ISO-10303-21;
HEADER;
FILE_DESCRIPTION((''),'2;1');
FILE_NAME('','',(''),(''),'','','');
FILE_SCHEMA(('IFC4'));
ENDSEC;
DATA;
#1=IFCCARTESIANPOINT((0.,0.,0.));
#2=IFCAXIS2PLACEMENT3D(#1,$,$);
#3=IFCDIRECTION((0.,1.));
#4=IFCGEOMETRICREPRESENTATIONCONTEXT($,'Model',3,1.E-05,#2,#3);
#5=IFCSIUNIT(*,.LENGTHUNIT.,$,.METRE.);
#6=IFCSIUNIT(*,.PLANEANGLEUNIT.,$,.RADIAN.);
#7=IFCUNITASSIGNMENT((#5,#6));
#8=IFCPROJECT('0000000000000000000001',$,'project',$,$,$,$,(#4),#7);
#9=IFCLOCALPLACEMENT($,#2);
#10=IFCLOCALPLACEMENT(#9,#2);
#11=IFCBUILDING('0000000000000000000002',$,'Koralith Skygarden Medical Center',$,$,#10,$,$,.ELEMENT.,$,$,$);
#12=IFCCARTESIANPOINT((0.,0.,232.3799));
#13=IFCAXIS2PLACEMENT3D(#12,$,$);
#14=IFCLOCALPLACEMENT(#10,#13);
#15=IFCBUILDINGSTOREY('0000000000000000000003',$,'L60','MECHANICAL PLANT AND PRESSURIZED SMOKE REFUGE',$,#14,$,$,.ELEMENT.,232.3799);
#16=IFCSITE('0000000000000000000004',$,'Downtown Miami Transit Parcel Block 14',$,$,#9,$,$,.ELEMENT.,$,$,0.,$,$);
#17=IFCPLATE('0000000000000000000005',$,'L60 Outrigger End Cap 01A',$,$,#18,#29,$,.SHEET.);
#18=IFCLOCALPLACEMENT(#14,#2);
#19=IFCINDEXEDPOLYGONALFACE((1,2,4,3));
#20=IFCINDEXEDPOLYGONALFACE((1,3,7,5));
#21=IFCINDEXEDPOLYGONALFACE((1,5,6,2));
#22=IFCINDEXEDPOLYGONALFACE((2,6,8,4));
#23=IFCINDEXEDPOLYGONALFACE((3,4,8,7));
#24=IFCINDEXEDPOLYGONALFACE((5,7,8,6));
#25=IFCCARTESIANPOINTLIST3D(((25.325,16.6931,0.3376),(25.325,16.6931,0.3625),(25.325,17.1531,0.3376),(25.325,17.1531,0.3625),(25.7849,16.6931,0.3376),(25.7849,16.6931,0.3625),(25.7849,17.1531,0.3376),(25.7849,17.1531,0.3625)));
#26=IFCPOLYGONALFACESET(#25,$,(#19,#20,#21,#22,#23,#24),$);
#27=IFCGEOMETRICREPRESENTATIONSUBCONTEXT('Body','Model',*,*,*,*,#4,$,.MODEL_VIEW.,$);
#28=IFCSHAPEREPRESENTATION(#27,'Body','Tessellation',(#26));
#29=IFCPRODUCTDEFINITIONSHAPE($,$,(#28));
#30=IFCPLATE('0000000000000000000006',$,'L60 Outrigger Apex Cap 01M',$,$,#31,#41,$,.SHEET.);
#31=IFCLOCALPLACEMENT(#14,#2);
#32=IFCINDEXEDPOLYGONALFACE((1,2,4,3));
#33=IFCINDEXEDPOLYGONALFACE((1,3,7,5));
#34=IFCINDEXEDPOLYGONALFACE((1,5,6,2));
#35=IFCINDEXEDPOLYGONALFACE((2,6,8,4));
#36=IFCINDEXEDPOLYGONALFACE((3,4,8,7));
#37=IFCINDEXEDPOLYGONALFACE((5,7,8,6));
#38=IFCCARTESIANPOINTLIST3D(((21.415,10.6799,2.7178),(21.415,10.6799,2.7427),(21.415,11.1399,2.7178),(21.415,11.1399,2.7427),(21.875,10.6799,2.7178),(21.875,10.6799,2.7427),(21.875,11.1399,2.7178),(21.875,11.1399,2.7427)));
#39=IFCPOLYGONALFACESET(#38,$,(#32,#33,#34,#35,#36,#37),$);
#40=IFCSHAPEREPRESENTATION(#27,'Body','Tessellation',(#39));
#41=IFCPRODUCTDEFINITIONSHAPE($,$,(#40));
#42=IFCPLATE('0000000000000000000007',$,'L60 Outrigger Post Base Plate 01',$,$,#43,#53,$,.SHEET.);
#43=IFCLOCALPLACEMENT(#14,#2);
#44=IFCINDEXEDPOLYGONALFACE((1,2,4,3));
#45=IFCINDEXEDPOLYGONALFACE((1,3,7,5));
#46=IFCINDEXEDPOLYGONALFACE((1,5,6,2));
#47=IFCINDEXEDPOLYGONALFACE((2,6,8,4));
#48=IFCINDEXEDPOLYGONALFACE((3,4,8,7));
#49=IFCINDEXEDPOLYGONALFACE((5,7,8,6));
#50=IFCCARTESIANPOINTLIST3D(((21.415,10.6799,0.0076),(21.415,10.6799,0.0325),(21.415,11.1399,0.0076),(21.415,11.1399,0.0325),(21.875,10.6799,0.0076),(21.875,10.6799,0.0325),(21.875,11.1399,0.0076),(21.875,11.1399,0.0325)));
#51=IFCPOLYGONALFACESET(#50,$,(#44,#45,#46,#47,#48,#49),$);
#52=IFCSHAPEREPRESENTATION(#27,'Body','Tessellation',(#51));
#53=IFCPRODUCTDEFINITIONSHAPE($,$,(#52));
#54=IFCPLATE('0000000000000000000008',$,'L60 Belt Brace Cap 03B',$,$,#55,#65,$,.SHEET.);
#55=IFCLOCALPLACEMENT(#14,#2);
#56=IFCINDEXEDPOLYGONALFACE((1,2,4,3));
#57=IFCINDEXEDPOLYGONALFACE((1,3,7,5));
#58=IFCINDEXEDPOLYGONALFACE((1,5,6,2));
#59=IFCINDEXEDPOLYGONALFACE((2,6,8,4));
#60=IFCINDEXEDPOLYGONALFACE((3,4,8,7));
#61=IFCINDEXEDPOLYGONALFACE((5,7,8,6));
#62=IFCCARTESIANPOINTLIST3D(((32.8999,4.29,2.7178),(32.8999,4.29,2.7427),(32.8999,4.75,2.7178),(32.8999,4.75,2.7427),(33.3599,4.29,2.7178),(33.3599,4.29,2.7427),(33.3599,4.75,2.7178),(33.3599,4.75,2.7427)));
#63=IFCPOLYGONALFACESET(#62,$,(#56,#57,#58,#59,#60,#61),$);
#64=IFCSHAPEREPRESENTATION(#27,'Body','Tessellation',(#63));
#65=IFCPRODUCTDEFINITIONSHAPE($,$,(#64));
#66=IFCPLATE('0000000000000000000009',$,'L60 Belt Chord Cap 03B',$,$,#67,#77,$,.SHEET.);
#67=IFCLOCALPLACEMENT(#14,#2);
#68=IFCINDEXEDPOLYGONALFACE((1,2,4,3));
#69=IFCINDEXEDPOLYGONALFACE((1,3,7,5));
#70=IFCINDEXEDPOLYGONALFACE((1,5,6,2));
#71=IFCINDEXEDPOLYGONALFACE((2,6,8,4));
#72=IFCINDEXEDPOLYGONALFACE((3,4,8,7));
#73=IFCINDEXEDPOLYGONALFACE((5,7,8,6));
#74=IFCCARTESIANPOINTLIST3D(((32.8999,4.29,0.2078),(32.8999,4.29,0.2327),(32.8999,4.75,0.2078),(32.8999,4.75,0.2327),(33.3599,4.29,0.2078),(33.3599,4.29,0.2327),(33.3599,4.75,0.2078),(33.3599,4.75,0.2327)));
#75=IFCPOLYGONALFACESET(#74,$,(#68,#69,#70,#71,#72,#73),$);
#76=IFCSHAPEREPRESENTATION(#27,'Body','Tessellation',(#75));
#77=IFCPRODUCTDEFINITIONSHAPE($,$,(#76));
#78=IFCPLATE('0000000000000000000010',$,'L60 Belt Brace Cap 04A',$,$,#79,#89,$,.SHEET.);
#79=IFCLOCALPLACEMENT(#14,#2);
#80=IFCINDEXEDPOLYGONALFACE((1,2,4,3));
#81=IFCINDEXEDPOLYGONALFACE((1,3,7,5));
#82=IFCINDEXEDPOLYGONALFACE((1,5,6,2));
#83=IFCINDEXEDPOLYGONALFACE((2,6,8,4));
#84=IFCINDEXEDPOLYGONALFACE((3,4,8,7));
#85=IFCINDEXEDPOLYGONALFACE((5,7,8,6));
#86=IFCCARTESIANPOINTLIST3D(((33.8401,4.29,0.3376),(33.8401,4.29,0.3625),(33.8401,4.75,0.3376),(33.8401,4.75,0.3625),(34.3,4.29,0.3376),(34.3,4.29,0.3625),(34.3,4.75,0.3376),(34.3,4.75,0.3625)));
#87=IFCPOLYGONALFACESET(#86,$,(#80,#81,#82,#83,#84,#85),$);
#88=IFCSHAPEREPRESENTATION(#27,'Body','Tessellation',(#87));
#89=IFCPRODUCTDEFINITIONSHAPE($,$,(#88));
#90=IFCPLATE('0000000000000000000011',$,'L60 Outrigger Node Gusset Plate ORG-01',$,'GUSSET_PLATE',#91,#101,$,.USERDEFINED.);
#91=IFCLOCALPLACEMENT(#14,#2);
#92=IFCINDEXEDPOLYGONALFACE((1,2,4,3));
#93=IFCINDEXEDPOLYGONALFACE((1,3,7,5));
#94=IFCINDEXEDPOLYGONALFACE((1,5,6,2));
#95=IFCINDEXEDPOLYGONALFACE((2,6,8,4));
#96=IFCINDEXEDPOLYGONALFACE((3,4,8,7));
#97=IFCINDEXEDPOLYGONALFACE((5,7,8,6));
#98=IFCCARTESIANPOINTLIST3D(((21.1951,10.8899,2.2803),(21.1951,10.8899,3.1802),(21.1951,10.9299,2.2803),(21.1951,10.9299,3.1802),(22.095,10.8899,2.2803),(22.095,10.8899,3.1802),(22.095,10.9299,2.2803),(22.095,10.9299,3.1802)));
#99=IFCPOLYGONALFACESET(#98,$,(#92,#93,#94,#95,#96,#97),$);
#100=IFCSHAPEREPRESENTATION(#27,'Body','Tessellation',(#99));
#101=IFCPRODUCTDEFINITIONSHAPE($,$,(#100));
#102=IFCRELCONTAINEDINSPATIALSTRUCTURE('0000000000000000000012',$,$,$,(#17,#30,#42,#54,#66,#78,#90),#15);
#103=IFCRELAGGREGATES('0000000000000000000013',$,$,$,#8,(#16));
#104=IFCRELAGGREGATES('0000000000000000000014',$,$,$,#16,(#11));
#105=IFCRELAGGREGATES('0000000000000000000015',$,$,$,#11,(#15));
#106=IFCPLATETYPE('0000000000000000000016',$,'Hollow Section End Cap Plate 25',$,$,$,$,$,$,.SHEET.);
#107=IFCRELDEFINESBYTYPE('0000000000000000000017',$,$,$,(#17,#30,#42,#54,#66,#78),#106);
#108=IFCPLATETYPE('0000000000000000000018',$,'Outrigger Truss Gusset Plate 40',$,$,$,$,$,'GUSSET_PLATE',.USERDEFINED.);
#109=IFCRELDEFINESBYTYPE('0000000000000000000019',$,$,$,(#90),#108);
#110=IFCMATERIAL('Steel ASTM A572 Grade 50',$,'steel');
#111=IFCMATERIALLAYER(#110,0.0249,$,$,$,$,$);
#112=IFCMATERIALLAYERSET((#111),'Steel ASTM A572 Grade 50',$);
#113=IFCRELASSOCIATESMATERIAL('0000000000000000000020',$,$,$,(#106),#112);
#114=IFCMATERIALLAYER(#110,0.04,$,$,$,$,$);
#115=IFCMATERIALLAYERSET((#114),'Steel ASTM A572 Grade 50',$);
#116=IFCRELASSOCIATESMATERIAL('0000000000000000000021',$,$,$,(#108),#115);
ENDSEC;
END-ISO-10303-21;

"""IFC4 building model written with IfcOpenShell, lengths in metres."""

from ifc_helpers import new_model, si_unit, direction, frame, origin, origin_2d, place, context, subcontext, project, spatial, rectangle, extrude, material, layer, layer_set, type_object, element, save


model = new_model("IFC4")

# Units and contexts
model_context = context("Model", 3, precision=1e-05, world=origin(), true_north=direction((0.0, 1.0)))
body_context = subcontext(model_context, "Body", "Model", "MODEL_VIEW")
ifc_project = project(units=[si_unit("LENGTHUNIT", "METRE"), si_unit("PLANEANGLEUNIT", "RADIAN")], contexts=[model_context])

# Site, building, storey
site_placement = place(None, origin())
site = spatial("IfcSite", under=ifc_project, at=site_placement, Name="Downtown Miami Transit Parcel Block 14", CompositionType="ELEMENT", RefElevation=0.0)
building_placement = place(site_placement, origin())
building = spatial("IfcBuilding", under=site, at=building_placement, Name="Koralith Skygarden Medical Center", CompositionType="ELEMENT")
storey_placement = place(building_placement, frame((0.0, 0.0, 232.3799)))
storey = spatial("IfcBuildingStorey", under=building, at=storey_placement, Name="L60", Description="MECHANICAL PLANT AND PRESSURIZED SMOKE REFUGE", CompositionType="ELEMENT", Elevation=232.3799)

# Plates
ifc_material_1 = material(Name="Steel ASTM A572 Grade 50", Category="steel")
ifc_layer_1 = layer(ifc_material_1, 0.0249)
ifc_layer_set_1 = layer_set([ifc_layer_1], Name="Steel ASTM A572 Grade 50")
plate_type_1 = type_object("IfcPlateType", Name="Hollow Section End Cap Plate 25", PredefinedType="SHEET", material=ifc_layer_set_1)
for number, where, z_axis, x_axis, name in (
    (1, (25.5549, 16.9231, 0.3376), (0.0, 0.0, 1.0), (1.0, 0.0, 0.0), "L60 Outrigger End Cap 01A"),
    (2, (21.645, 10.9099, 2.7178), (0.0, 0.0, 1.0), (1.0, 0.0, 0.0), "L60 Outrigger Apex Cap 01M"),
    (3, (21.645, 10.9099, 0.0076), (0.0, 0.0, 1.0), (1.0, 0.0, 0.0), "L60 Outrigger Post Base Plate 01"),
    (4, (33.1299, 4.52, 2.7178), (0.0, 0.0, 1.0), (1.0, 0.0, 0.0), "L60 Belt Brace Cap 03B"),
    (5, (33.1299, 4.52, 0.2078), (0.0, 0.0, 1.0), (1.0, 0.0, 0.0), "L60 Belt Chord Cap 03B"),
    (6, (34.0701, 4.52, 0.3376), (0.0, 0.0, 1.0), (1.0, 0.0, 0.0), "L60 Belt Brace Cap 04A"),
):
    element("IfcPlate", number, at=place(storey_placement, frame(where, z_axis=z_axis, x_axis=x_axis)), inside=storey, type_object=plate_type_1, Name=name, PredefinedType="SHEET", context=body_context, shape_type="SweptSolid", body=[
        extrude(rectangle(XDim=0.46, YDim=0.46, at=origin_2d()), origin(), (0.0, 0.0, 1.0), 0.0249),
    ])
ifc_layer_2 = layer(ifc_material_1, 0.04)
ifc_layer_set_2 = layer_set([ifc_layer_2], Name="Steel ASTM A572 Grade 50")
plate_type_2 = type_object("IfcPlateType", Name="Outrigger Truss Gusset Plate 40", ElementType="GUSSET_PLATE", PredefinedType="USERDEFINED", material=ifc_layer_set_2)
plate_placement = place(storey_placement, frame((21.645, 10.9099, 2.2803), z_axis=(0.0, 0.0, 1.0), x_axis=(1.0, 0.0, 0.0)))
element("IfcPlate", 7, at=plate_placement, inside=storey, type_object=plate_type_2, Name="L60 Outrigger Node Gusset Plate ORG-01", ObjectType="GUSSET_PLATE", PredefinedType="USERDEFINED", context=body_context, shape_type="SweptSolid", body=[
    extrude(rectangle(XDim=0.8999, YDim=0.04, at=origin_2d()), origin(), (0.0, 0.0, 1.0), 0.8999),
])

save(model, "model.ifc")
